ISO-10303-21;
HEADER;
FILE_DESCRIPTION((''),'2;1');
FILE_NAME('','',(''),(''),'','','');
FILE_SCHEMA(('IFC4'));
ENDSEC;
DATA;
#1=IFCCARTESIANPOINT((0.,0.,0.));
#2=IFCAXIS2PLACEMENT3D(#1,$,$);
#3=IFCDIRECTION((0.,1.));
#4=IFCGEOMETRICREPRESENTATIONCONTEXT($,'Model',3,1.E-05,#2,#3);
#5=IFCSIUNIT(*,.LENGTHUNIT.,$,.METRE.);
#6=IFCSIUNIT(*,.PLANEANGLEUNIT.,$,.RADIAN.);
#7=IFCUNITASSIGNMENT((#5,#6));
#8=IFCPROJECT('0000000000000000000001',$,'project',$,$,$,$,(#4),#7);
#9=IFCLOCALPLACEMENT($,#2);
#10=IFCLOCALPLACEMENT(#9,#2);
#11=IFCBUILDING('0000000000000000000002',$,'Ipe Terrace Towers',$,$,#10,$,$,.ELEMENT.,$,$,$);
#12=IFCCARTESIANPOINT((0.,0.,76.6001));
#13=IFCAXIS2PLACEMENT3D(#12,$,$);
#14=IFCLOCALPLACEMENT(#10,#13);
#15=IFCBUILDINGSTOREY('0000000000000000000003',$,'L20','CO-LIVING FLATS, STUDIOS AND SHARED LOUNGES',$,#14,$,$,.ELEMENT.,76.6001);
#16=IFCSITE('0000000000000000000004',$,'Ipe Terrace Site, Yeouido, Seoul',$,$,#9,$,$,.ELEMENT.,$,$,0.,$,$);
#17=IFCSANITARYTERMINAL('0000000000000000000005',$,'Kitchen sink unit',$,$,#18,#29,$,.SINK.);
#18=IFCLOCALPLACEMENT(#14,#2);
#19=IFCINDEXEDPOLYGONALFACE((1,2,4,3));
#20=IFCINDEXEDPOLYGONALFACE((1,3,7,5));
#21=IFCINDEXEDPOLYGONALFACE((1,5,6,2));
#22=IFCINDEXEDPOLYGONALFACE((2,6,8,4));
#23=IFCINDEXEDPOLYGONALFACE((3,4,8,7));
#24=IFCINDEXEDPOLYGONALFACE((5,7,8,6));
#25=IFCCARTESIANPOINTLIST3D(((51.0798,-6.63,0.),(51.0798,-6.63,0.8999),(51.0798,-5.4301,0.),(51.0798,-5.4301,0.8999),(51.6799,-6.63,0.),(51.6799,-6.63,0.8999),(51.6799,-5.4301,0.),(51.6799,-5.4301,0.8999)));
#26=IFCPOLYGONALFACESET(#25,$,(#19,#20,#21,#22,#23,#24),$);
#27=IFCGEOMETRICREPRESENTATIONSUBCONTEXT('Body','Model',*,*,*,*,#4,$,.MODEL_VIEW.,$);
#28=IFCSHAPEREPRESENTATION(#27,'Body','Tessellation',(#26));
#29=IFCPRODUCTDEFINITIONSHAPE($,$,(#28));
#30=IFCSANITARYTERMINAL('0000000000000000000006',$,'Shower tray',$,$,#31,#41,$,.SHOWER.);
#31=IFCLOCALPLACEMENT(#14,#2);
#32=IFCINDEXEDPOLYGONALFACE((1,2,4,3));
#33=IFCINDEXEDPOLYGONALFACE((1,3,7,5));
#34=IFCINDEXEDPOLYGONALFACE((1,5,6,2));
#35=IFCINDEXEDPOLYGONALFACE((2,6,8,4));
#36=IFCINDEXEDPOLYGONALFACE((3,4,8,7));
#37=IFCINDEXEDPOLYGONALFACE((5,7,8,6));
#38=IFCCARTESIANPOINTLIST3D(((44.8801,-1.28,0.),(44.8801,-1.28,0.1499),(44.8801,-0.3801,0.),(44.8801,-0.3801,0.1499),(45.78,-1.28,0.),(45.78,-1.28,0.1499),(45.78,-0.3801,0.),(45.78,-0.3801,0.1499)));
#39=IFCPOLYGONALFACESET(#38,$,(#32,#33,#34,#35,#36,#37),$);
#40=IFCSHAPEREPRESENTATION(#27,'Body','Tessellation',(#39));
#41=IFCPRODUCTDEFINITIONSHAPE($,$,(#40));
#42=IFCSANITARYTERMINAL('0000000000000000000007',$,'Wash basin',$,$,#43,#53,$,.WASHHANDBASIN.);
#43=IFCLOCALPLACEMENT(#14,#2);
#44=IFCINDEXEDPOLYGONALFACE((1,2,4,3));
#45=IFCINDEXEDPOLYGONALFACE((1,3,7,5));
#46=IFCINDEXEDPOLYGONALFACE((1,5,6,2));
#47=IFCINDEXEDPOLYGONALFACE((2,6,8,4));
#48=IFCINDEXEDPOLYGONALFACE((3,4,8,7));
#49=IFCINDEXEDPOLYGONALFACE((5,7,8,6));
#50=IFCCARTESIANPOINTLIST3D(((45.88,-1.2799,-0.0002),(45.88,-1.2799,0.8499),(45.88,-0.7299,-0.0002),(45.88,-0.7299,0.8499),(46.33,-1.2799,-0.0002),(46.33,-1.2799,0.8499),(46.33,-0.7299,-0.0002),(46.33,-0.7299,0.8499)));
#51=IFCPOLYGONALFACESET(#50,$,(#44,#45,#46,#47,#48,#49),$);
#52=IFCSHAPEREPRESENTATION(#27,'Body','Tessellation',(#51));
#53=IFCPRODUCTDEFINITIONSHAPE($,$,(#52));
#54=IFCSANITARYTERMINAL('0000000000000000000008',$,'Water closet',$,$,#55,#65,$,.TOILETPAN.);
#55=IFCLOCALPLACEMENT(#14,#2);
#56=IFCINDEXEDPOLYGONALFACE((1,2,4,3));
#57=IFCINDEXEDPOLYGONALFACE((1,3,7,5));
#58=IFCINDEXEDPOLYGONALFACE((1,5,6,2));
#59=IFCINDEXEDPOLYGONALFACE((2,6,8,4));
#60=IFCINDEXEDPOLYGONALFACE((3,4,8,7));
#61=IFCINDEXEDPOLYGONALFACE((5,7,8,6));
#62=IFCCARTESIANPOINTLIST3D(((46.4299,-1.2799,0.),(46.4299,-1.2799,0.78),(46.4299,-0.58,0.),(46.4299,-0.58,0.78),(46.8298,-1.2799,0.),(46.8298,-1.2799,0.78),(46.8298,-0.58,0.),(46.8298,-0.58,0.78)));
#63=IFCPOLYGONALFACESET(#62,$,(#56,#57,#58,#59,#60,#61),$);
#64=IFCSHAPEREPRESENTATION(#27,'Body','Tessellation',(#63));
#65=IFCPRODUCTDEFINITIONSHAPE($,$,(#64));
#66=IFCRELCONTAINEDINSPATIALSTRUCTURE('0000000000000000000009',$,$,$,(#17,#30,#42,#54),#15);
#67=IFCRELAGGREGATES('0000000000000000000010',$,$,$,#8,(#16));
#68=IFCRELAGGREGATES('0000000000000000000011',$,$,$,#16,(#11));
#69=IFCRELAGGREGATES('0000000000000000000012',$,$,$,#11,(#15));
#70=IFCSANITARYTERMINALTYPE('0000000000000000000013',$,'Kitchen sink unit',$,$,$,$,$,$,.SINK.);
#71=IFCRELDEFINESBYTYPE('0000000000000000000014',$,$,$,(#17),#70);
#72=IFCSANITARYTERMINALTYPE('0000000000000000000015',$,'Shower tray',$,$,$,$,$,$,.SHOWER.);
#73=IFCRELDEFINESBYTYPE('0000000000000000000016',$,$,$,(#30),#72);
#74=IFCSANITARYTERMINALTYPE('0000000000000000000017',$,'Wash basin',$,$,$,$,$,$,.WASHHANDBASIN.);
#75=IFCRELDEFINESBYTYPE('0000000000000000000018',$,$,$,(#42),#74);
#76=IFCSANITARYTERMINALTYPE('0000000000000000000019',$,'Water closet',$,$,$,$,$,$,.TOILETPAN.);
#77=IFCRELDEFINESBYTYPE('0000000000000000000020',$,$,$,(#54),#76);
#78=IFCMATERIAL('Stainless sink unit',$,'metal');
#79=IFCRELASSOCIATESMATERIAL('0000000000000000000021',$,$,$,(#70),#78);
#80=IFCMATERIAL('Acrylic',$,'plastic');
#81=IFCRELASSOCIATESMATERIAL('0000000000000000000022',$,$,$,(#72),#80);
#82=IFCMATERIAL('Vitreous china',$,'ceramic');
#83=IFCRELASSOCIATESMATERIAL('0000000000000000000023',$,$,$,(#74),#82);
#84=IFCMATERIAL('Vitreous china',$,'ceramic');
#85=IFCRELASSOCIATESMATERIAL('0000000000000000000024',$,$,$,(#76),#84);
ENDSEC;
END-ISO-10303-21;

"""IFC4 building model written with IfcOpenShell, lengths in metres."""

from ifc_helpers import new_model, si_unit, direction, frame, origin, origin_2d, place, context, subcontext, project, spatial, rectangle, extrude, material, type_object, element, save


model = new_model("IFC4")

# Units and contexts
model_context = context("Model", 3, precision=1e-05, world=origin(), true_north=direction((0.0, 1.0)))
body_context = subcontext(model_context, "Body", "Model", "MODEL_VIEW")
ifc_project = project(units=[si_unit("LENGTHUNIT", "METRE"), si_unit("PLANEANGLEUNIT", "RADIAN")], contexts=[model_context])

# Site, building, storey
site_placement = place(None, origin())
site = spatial("IfcSite", under=ifc_project, at=site_placement, Name="Ipe Terrace Site, Yeouido, Seoul", CompositionType="ELEMENT", RefElevation=0.0)
building_placement = place(site_placement, origin())
building = spatial("IfcBuilding", under=site, at=building_placement, Name="Ipe Terrace Towers", CompositionType="ELEMENT")
storey_placement = place(building_placement, frame((0.0, 0.0, 76.6001)))
storey = spatial("IfcBuildingStorey", under=building, at=storey_placement, Name="L20", Description="CO-LIVING FLATS, STUDIOS AND SHARED LOUNGES", CompositionType="ELEMENT", Elevation=76.6001)

# Sanitary terminals
ifc_material_1 = material(Name="Stainless sink unit", Category="metal")
sanitary_terminal_type_1 = type_object("IfcSanitaryTerminalType", Name="Kitchen sink unit", PredefinedType="SINK", material=ifc_material_1)
sanitary_terminal_1_placement = place(storey_placement, frame((51.3799, -6.03, 0.0), z_axis=(0.0, 0.0, 1.0), x_axis=(0.0, -1.0, 0.0)))
element("IfcSanitaryTerminal", 1, at=sanitary_terminal_1_placement, inside=storey, type_object=sanitary_terminal_type_1, Name="Kitchen sink unit", PredefinedType="SINK", context=body_context, shape_type="SweptSolid", body=[
    extrude(rectangle(XDim=1.2, YDim=0.6001, at=origin_2d()), origin(), (0.0, 0.0, 1.0), 0.8999),
])
ifc_material_2 = material(Name="Acrylic", Category="plastic")
sanitary_terminal_type_2 = type_object("IfcSanitaryTerminalType", Name="Shower tray", PredefinedType="SHOWER", material=ifc_material_2)
sanitary_terminal_2_placement = place(storey_placement, frame((45.3301, -0.8301, 0.0), z_axis=(0.0, 0.0, 1.0), x_axis=(0.0, 1.0, 0.0)))
element("IfcSanitaryTerminal", 2, at=sanitary_terminal_2_placement, inside=storey, type_object=sanitary_terminal_type_2, Name="Shower tray", PredefinedType="SHOWER", context=body_context, shape_type="SweptSolid", body=[
    extrude(rectangle(XDim=0.8999, YDim=0.8999, at=origin_2d()), origin(), (0.0, 0.0, 1.0), 0.1499),
])
ifc_material_3 = material(Name="Vitreous china", Category="ceramic")
sanitary_terminal_type_3 = type_object("IfcSanitaryTerminalType", Name="Wash basin", PredefinedType="WASHHANDBASIN", material=ifc_material_3)
sanitary_terminal_3_placement = place(storey_placement, frame((46.105, -1.0049, -0.0002), z_axis=(0.0, 0.0, 1.0), x_axis=(0.0, 1.0, 0.0)))
element("IfcSanitaryTerminal", 3, at=sanitary_terminal_3_placement, inside=storey, type_object=sanitary_terminal_type_3, Name="Wash basin", PredefinedType="WASHHANDBASIN", context=body_context, shape_type="SweptSolid", body=[
    extrude(rectangle(XDim=0.55, YDim=0.45, at=origin_2d()), origin(), (0.0, 0.0, 1.0), 0.8501),
])
ifc_material_4 = material(Name="Vitreous china", Category="ceramic")
sanitary_terminal_type_4 = type_object("IfcSanitaryTerminalType", Name="Water closet", PredefinedType="TOILETPAN", material=ifc_material_4)
sanitary_terminal_4_placement = place(storey_placement, frame((46.6299, -0.9299, 0.0), z_axis=(0.0, 0.0, 1.0), x_axis=(0.0, 1.0, 0.0)))
element("IfcSanitaryTerminal", 4, at=sanitary_terminal_4_placement, inside=storey, type_object=sanitary_terminal_type_4, Name="Water closet", PredefinedType="TOILETPAN", context=body_context, shape_type="SweptSolid", body=[
    extrude(rectangle(XDim=0.7, YDim=0.3999, at=origin_2d()), origin(), (0.0, 0.0, 1.0), 0.78),
])

save(model, "model.ifc")
